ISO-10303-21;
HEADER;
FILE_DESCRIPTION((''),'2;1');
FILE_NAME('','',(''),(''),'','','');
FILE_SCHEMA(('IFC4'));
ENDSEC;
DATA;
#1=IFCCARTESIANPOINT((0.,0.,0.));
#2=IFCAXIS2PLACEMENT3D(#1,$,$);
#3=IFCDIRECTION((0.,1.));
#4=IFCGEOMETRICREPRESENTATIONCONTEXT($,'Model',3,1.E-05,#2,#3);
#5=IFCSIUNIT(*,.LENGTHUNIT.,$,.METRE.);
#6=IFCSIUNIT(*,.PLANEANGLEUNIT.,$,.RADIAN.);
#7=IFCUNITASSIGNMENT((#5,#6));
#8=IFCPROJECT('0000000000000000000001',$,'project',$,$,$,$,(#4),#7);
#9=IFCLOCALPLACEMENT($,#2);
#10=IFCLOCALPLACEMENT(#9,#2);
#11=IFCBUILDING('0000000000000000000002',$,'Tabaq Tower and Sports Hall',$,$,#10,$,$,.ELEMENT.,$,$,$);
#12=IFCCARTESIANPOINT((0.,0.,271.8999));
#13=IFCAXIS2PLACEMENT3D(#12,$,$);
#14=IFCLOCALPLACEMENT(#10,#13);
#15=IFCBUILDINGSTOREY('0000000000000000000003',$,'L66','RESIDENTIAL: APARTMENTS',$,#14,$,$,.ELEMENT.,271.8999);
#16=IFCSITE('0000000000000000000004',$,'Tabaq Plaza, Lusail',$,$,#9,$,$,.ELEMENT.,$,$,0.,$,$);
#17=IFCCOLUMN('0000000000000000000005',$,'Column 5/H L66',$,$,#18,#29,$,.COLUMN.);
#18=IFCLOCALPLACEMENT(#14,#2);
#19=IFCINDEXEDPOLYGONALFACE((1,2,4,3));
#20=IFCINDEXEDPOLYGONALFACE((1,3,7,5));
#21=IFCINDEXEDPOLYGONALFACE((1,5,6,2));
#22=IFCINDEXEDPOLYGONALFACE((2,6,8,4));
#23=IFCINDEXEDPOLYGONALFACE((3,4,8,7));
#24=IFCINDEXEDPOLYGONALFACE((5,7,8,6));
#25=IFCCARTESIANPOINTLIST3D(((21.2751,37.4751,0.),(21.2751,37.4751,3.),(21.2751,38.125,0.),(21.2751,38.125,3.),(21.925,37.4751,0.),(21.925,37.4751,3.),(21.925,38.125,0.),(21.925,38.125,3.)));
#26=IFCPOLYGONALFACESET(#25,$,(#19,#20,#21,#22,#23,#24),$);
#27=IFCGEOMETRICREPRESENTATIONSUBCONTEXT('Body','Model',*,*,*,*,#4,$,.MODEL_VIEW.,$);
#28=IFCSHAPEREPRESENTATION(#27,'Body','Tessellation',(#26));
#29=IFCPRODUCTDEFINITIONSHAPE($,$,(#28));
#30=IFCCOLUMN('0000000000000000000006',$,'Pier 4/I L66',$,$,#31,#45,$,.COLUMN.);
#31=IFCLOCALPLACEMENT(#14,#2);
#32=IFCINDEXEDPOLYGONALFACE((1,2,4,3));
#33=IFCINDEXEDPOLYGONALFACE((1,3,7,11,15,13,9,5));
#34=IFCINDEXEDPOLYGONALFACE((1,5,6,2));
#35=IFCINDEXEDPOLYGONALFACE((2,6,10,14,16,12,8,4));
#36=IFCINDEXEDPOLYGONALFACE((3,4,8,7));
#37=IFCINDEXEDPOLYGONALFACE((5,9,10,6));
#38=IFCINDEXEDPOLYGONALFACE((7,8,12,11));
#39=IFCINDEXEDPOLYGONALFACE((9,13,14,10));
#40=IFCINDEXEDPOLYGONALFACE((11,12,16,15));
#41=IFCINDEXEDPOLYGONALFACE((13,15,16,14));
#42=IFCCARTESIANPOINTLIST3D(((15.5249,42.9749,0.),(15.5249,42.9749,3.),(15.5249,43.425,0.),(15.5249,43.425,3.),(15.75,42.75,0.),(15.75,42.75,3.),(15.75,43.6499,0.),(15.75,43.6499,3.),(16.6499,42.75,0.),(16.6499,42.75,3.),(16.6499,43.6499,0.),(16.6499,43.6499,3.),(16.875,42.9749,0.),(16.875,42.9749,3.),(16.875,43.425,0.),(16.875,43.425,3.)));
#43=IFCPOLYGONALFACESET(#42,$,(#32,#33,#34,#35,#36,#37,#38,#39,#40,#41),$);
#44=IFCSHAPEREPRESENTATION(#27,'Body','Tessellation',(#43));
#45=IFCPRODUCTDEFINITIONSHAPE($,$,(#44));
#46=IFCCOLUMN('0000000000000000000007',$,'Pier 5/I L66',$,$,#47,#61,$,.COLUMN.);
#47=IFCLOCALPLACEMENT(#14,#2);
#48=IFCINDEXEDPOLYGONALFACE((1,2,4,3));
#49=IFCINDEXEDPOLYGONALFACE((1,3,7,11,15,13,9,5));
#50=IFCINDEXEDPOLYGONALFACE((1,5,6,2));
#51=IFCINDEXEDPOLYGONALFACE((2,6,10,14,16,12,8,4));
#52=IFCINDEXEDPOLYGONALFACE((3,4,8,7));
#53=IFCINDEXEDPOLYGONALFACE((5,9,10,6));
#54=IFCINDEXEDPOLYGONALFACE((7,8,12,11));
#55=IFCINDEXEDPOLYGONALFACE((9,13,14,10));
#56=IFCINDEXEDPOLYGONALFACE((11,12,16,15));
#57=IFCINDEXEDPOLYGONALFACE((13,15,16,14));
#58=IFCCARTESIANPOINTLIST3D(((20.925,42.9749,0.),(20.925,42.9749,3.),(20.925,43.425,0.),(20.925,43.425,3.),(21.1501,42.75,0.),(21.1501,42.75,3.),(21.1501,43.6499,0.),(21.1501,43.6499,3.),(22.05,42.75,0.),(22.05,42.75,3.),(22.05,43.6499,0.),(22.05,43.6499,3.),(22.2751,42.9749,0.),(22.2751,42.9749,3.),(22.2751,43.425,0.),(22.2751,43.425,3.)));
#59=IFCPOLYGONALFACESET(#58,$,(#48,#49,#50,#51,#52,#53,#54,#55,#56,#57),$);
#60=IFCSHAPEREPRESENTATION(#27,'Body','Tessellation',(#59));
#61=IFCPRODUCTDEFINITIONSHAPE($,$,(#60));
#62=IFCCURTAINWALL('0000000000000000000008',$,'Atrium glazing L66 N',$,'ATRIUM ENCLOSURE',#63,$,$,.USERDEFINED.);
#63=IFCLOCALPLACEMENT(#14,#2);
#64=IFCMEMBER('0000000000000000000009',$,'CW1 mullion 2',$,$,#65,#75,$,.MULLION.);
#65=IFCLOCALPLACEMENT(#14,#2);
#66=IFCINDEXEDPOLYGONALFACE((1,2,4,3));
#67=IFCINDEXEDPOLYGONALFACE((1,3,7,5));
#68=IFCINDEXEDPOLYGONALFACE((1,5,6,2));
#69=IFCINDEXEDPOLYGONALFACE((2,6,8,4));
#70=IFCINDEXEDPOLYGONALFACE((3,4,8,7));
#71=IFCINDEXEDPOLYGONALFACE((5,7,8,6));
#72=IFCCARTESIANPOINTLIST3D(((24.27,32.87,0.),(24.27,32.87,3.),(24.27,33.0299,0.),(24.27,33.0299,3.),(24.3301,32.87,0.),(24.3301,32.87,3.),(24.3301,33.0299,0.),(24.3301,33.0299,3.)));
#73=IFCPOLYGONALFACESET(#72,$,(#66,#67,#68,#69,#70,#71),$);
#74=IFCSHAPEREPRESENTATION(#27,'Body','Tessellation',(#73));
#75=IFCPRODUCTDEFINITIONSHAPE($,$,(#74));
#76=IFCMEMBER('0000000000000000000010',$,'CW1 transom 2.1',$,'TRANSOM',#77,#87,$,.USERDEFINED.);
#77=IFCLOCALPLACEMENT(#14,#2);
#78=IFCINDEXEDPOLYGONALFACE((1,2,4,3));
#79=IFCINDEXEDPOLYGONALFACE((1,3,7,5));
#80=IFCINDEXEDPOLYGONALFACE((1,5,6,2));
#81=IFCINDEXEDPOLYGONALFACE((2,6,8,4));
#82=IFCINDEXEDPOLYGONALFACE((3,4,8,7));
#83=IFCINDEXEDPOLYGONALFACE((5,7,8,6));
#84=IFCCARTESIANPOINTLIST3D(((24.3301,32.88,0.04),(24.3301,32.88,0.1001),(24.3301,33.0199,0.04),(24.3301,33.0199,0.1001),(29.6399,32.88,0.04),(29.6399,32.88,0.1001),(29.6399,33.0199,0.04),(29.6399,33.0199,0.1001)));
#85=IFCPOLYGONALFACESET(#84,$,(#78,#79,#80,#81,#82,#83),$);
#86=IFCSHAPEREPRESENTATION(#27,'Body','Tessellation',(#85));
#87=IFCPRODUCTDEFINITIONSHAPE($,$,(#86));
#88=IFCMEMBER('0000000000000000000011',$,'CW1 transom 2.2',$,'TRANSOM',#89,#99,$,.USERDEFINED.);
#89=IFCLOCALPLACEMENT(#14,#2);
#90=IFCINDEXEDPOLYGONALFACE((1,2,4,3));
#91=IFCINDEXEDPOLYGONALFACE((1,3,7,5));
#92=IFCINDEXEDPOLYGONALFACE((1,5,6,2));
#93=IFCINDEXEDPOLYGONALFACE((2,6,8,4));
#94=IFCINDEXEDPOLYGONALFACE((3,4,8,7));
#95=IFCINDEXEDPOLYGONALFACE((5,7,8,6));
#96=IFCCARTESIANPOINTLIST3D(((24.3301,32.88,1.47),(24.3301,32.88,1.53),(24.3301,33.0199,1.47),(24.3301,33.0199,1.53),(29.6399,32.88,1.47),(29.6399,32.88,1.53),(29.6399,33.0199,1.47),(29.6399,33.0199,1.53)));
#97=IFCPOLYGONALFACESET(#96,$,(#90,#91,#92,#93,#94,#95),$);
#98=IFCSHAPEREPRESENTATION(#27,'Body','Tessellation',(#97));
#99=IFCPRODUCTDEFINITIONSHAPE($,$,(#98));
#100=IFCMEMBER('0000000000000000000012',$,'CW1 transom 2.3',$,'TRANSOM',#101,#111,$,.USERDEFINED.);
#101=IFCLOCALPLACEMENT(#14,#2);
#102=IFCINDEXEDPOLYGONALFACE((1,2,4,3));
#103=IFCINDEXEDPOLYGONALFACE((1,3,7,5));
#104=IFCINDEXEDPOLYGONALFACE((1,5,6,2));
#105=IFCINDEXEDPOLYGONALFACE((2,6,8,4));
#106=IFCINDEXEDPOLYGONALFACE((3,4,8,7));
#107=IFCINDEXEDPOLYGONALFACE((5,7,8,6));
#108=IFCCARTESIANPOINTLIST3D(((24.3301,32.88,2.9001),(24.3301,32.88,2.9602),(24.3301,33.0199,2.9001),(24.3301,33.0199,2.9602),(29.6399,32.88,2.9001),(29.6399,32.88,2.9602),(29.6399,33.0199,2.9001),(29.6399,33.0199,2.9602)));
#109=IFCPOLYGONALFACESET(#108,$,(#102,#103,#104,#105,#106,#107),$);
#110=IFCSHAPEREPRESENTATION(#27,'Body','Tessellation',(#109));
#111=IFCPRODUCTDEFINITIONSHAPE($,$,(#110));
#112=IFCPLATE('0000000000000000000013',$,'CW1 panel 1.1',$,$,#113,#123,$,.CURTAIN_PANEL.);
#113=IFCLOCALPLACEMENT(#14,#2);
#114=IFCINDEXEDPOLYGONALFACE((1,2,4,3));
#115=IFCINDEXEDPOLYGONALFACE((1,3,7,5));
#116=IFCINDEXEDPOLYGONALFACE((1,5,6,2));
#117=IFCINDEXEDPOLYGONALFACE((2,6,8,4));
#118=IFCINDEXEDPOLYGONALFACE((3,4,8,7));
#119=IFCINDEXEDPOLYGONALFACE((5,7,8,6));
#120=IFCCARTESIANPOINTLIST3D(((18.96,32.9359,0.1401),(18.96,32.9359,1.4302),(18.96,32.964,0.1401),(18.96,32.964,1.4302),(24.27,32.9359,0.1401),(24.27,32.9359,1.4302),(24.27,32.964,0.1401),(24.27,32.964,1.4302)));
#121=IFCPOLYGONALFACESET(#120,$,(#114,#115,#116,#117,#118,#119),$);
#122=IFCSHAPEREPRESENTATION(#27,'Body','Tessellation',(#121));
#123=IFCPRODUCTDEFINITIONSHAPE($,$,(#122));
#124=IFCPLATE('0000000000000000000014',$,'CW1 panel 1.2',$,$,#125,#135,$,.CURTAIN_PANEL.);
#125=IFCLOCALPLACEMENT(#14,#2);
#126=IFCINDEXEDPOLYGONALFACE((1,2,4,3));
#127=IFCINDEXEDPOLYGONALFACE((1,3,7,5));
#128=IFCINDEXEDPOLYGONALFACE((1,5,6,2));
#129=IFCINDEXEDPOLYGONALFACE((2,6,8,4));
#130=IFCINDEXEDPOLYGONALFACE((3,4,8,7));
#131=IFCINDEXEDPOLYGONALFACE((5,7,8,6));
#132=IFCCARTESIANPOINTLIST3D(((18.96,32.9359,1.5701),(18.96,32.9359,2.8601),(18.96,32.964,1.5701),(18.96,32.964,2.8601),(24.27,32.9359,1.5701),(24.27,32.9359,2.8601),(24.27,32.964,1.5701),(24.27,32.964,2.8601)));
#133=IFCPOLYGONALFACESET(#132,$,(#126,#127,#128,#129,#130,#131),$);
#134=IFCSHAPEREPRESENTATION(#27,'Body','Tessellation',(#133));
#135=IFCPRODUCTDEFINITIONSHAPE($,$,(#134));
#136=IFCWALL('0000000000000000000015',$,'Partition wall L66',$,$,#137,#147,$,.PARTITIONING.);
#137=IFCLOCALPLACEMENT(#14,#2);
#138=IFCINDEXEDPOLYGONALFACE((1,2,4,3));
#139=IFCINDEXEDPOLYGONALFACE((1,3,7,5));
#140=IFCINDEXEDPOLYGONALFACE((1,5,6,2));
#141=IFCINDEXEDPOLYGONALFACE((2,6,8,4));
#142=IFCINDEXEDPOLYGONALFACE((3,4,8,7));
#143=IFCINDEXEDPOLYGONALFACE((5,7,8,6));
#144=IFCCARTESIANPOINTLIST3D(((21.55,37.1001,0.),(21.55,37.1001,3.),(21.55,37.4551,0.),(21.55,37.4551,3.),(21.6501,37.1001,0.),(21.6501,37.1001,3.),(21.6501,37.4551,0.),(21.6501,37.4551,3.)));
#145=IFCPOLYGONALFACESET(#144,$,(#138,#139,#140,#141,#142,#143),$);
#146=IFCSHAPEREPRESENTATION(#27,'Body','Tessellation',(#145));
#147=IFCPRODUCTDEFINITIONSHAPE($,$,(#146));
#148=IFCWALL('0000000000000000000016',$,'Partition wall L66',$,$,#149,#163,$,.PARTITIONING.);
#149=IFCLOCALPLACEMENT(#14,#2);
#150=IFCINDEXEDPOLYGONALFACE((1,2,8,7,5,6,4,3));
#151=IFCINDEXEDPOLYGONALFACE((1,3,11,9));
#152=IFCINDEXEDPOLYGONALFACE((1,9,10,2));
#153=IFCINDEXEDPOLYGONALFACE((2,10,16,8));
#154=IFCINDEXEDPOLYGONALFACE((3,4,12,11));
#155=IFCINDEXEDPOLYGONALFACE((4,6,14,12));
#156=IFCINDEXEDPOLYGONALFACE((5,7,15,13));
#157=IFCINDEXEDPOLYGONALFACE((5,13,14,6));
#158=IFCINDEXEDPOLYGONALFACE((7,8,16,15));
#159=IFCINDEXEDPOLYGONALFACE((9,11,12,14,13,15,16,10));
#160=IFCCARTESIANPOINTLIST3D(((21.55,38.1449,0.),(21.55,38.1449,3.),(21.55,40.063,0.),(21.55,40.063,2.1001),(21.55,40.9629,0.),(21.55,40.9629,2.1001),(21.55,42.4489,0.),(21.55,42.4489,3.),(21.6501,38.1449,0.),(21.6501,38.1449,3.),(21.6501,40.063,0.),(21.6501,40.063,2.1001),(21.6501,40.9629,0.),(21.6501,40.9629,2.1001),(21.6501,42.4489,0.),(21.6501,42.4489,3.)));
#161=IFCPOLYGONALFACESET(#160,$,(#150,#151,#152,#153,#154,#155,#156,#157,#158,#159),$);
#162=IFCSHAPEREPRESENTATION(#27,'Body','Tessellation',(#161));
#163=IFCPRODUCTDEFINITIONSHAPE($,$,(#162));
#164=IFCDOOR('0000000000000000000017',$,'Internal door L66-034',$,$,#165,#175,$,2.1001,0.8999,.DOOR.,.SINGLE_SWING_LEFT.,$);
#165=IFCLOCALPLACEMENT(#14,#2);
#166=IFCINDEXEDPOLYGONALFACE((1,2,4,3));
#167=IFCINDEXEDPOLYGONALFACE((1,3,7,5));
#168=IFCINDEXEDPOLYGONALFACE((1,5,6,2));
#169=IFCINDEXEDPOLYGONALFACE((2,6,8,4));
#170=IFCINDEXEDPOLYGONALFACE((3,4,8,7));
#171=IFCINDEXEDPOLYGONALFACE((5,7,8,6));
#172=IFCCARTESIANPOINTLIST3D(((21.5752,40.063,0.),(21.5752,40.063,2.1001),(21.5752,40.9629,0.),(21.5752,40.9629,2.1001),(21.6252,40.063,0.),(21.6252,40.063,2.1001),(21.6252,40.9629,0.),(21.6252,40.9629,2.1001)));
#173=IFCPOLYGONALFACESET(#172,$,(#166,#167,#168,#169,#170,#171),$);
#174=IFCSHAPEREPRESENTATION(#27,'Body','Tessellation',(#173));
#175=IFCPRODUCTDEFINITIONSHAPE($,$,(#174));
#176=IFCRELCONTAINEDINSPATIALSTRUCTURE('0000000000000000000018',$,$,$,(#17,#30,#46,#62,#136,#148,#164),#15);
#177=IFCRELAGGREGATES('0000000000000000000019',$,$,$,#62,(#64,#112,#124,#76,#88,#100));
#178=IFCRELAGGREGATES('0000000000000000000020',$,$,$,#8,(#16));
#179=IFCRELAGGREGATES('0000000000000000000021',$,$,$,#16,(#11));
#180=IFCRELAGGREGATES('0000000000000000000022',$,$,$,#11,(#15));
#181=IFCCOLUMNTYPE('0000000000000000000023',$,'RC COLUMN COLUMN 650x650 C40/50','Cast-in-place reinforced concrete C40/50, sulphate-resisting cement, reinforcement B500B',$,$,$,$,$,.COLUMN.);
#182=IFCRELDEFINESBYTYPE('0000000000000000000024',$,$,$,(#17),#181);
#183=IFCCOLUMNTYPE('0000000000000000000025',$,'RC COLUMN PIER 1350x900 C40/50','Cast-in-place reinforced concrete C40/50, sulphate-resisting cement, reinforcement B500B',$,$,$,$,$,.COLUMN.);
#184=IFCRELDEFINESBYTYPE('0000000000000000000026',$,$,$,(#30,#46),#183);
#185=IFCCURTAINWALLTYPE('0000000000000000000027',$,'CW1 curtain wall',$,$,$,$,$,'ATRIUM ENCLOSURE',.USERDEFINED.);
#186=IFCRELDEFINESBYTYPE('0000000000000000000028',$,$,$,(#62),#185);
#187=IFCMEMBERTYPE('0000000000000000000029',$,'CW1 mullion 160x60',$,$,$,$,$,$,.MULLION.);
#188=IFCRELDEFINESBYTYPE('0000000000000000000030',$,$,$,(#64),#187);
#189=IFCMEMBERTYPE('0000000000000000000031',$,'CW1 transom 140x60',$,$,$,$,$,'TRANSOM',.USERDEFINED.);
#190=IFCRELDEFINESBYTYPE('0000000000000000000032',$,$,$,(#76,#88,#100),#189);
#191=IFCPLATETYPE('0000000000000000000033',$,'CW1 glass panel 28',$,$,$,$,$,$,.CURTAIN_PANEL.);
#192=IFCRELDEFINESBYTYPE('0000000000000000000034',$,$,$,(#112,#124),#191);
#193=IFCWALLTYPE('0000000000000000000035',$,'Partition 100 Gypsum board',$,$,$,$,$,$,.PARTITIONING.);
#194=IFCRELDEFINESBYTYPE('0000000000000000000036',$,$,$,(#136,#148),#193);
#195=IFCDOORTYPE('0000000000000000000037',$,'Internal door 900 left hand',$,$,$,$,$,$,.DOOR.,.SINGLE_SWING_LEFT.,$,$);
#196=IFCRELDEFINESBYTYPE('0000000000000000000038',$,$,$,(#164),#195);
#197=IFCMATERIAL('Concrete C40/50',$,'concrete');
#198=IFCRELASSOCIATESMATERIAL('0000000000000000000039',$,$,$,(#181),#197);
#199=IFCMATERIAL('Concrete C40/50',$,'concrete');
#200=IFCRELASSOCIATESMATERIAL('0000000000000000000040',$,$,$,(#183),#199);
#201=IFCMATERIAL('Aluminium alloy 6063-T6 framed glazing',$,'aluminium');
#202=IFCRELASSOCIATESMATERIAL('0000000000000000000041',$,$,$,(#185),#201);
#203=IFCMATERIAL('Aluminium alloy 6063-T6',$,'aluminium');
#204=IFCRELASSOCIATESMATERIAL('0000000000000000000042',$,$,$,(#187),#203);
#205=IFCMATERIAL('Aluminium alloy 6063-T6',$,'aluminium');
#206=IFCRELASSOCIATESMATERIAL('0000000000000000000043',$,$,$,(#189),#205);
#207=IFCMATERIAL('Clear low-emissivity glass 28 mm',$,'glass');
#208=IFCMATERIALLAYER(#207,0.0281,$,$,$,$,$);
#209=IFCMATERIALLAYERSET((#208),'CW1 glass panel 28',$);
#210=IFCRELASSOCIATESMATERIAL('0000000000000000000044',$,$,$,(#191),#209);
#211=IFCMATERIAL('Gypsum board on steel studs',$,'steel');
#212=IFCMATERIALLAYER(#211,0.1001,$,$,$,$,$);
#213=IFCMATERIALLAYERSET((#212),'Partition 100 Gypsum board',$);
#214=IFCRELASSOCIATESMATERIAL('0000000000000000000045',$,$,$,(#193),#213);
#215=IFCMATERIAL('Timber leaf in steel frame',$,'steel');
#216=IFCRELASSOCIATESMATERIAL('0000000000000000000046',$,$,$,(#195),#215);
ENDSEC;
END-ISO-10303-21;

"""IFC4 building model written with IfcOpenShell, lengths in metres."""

from ifc_helpers import new_model, si_unit, direction, frame, frame_2d, origin, origin_2d, place, context, subcontext, project, spatial, polyline, rectangle, outline, extrude, material, layer, layer_set, material_profile, profile_set, type_object, element, fill, aggregate, save


model = new_model("IFC4")

# Units and contexts
model_context = context("Model", 3, precision=1e-05, world=origin(), true_north=direction((0.0, 1.0)))
body_context = subcontext(model_context, "Body", "Model", "MODEL_VIEW")
ifc_project = project(units=[si_unit("LENGTHUNIT", "METRE"), si_unit("PLANEANGLEUNIT", "RADIAN")], contexts=[model_context])

# Site, building, storey
site_placement = place(None, origin())
site = spatial("IfcSite", under=ifc_project, at=site_placement, Name="Tabaq Plaza, Lusail", CompositionType="ELEMENT", RefElevation=0.0)
building_placement = place(site_placement, origin())
building = spatial("IfcBuilding", under=site, at=building_placement, Name="Tabaq Tower and Sports Hall", CompositionType="ELEMENT")
storey_placement = place(building_placement, frame((0.0, 0.0, 271.8999)))
storey = spatial("IfcBuildingStorey", under=building, at=storey_placement, Name="L66", Description="RESIDENTIAL: APARTMENTS", CompositionType="ELEMENT", Elevation=271.8999)

# Columns
ifc_material_1 = material(Name="Concrete C40/50", Category="concrete")
ifc_material_profile_1 = material_profile(ifc_material_1, rectangle(XDim=0.6499, YDim=0.6499, at=origin_2d()), Name="COLUMN 650x650")
ifc_profile_set_1 = profile_set([ifc_material_profile_1], Name="Concrete C40/50")
column_type_1 = type_object("IfcColumnType", Name="RC COLUMN COLUMN 650x650 C40/50", Description="Cast-in-place reinforced concrete C40/50, sulphate-resisting cement, reinforcement B500B", PredefinedType="COLUMN", material=ifc_profile_set_1)
column_placement = place(storey_placement, frame((21.6001, 37.8, 0.0), z_axis=(0.0, 0.0, 1.0), x_axis=(1.0, 0.0, 0.0)))
element("IfcColumn", 1, at=column_placement, inside=storey, type_object=column_type_1, Name="Column 5/H L66", PredefinedType="COLUMN", context=body_context, shape_type="SweptSolid", body=[
    extrude(rectangle(XDim=0.6499, YDim=0.6499, at=origin_2d()), origin(), (0.0, 0.0, 1.0), 3.0),
])
ifc_material_2 = material(Name="Concrete C40/50", Category="concrete")
ifc_material_profile_2 = material_profile(ifc_material_2, outline(polyline([(-0.45, -0.45), (0.45, -0.45), (0.675, -0.2251), (0.675, 0.2251), (0.45, 0.45), (-0.45, 0.45), (-0.675, 0.2251), (-0.675, -0.2251), (-0.45, -0.45)])), Name="PIER 1350x900")
ifc_profile_set_2 = profile_set([ifc_material_profile_2], Name="Concrete C40/50")
column_type_2 = type_object("IfcColumnType", Name="RC COLUMN PIER 1350x900 C40/50", Description="Cast-in-place reinforced concrete C40/50, sulphate-resisting cement, reinforcement B500B", PredefinedType="COLUMN", material=ifc_profile_set_2)
for number, where, z_axis, x_axis, name in (
    (2, (16.2, 43.2, 0.0), (0.0, 0.0, 1.0), (1.0, 0.0, 0.0), "Pier 4/I L66"),
    (3, (21.6001, 43.2, 0.0), (0.0, 0.0, 1.0), (1.0, 0.0, 0.0), "Pier 5/I L66"),
):
    element("IfcColumn", number, at=place(storey_placement, frame(where, z_axis=z_axis, x_axis=x_axis)), inside=storey, type_object=column_type_2, Name=name, PredefinedType="COLUMN", context=body_context, shape_type="SweptSolid", body=[
        extrude(outline(polyline([(-0.45, -0.45), (0.45, -0.45), (0.675, -0.2251), (0.675, 0.2251), (0.45, 0.45), (-0.45, 0.45), (-0.675, 0.2251), (-0.675, -0.2251), (-0.45, -0.45)])), origin(), (0.0, 0.0, 1.0), 3.0),
    ])

# Curtain wall, members, plates
ifc_material_3 = material(Name="Aluminium alloy 6063-T6 framed glazing", Category="aluminium")
curtain_wall_type = type_object("IfcCurtainWallType", Name="CW1 curtain wall", ElementType="ATRIUM ENCLOSURE", PredefinedType="USERDEFINED", material=ifc_material_3)
curtain_wall_placement = place(storey_placement, origin())
curtain_wall = element("IfcCurtainWall", 4, at=curtain_wall_placement, inside=storey, type_object=curtain_wall_type, Name="Atrium glazing L66 N", ObjectType="ATRIUM ENCLOSURE", PredefinedType="USERDEFINED")
ifc_material_4 = material(Name="Aluminium alloy 6063-T6", Category="aluminium")
ifc_material_profile_3 = material_profile(ifc_material_4, rectangle(XDim=0.1599, YDim=0.0601, at=origin_2d()), Name="MULLION 160x60")
ifc_profile_set_3 = profile_set([ifc_material_profile_3], Name="Aluminium alloy 6063-T6")
member_type_1 = type_object("IfcMemberType", Name="CW1 mullion 160x60", PredefinedType="MULLION", material=ifc_profile_set_3)
member_1_placement = place(storey_placement, frame((24.3, 32.95, 0.0), z_axis=(0.0, 0.0, 1.0), x_axis=(0.0, 1.0, 0.0)))
member_1 = element("IfcMember", 5, at=member_1_placement, type_object=member_type_1, Name="CW1 mullion 2", PredefinedType="MULLION", context=body_context, shape_type="SweptSolid", body=[
    extrude(rectangle(XDim=0.1599, YDim=0.0601, at=origin_2d()), origin(), (0.0, 0.0, 1.0), 3.0),
])
ifc_material_5 = material(Name="Aluminium alloy 6063-T6", Category="aluminium")
ifc_material_profile_4 = material_profile(ifc_material_5, rectangle(XDim=0.1399, YDim=0.0601, at=origin_2d()), Name="TRANSOM 140x60")
ifc_profile_set_4 = profile_set([ifc_material_profile_4], Name="Aluminium alloy 6063-T6")
member_type_2 = type_object("IfcMemberType", Name="CW1 transom 140x60", ElementType="TRANSOM", PredefinedType="USERDEFINED", material=ifc_profile_set_4)
member_2_placement = place(storey_placement, frame((24.3301, 32.95, 0.0701), z_axis=(1.0, 0.0, 0.0), x_axis=(0.0, 1.0, 0.0)))
member_2 = element("IfcMember", 6, at=member_2_placement, type_object=member_type_2, Name="CW1 transom 2.1", ObjectType="TRANSOM", PredefinedType="USERDEFINED", context=body_context, shape_type="SweptSolid", body=[
    extrude(rectangle(XDim=0.1399, YDim=0.0601, at=origin_2d()), origin(), (0.0, 0.0, 1.0), 5.3098),
])
member_3_placement = place(storey_placement, frame((24.3301, 32.95, 1.5), z_axis=(1.0, 0.0, 0.0), x_axis=(0.0, 1.0, 0.0)))
member_3 = element("IfcMember", 7, at=member_3_placement, type_object=member_type_2, Name="CW1 transom 2.2", ObjectType="TRANSOM", PredefinedType="USERDEFINED", context=body_context, shape_type="SweptSolid", body=[
    extrude(rectangle(XDim=0.1399, YDim=0.0601, at=origin_2d()), origin(), (0.0, 0.0, 1.0), 5.3098),
])
member_4_placement = place(storey_placement, frame((24.3301, 32.95, 2.9302), z_axis=(1.0, 0.0, 0.0), x_axis=(0.0, 1.0, 0.0)))
member_4 = element("IfcMember", 8, at=member_4_placement, type_object=member_type_2, Name="CW1 transom 2.3", ObjectType="TRANSOM", PredefinedType="USERDEFINED", context=body_context, shape_type="SweptSolid", body=[
    extrude(rectangle(XDim=0.1399, YDim=0.0601, at=origin_2d()), origin(), (0.0, 0.0, 1.0), 5.3098),
])
ifc_material_6 = material(Name="Clear low-emissivity glass 28 mm", Category="glass")
ifc_layer_1 = layer(ifc_material_6, 0.0281)
ifc_layer_set_1 = layer_set([ifc_layer_1], Name="CW1 glass panel 28")
plate_type = type_object("IfcPlateType", Name="CW1 glass panel 28", PredefinedType="CURTAIN_PANEL", material=ifc_layer_set_1)
plate_1_placement = place(storey_placement, frame((21.615, 32.95, 0.1401), z_axis=(0.0, 0.0, 1.0), x_axis=(1.0, 0.0, 0.0)))
plate_1 = element("IfcPlate", 9, at=plate_1_placement, type_object=plate_type, Name="CW1 panel 1.1", PredefinedType="CURTAIN_PANEL", context=body_context, shape_type="SweptSolid", body=[
    extrude(rectangle(XDim=5.3101, YDim=0.0281, at=origin_2d()), origin(), (0.0, 0.0, 1.0), 1.29),
])
plate_2_placement = place(storey_placement, frame((21.615, 32.95, 1.5701), z_axis=(0.0, 0.0, 1.0), x_axis=(1.0, 0.0, 0.0)))
plate_2 = element("IfcPlate", 10, at=plate_2_placement, type_object=plate_type, Name="CW1 panel 1.2", PredefinedType="CURTAIN_PANEL", context=body_context, shape_type="SweptSolid", body=[
    extrude(rectangle(XDim=5.3101, YDim=0.0281, at=origin_2d()), origin(), (0.0, 0.0, 1.0), 1.29),
])
aggregate(curtain_wall, [member_1, plate_1, plate_2, member_2, member_3, member_4])

# Wall
ifc_material_7 = material(Name="Gypsum board on steel studs", Category="steel")
ifc_layer_2 = layer(ifc_material_7, 0.1001)
ifc_layer_set_2 = layer_set([ifc_layer_2], Name="Partition 100 Gypsum board")
wall_type = type_object("IfcWallType", Name="Partition 100 Gypsum board", PredefinedType="PARTITIONING", material=ifc_layer_set_2)
wall_1_placement = place(storey_placement, frame((21.6001, 37.1001, 0.0), z_axis=(0.0, 0.0, 1.0), x_axis=(0.0, 1.0, 0.0)))
element("IfcWall", 11, at=wall_1_placement, inside=storey, type_object=wall_type, Name="Partition wall L66", PredefinedType="PARTITIONING", context=body_context, shape_type="SweptSolid", body=[
    extrude(rectangle(XDim=0.355, YDim=0.1001, at=frame_2d((0.1775, 0.0))), origin(), (0.0, 0.0, 1.0), 3.0),
])

# Wall, opening, door
wall_2_placement = place(storey_placement, frame((21.6001, 38.145, 0.0), z_axis=(0.0, 0.0, 1.0), x_axis=(0.0, 1.0, 0.0)))
wall_2 = element("IfcWall", 12, at=wall_2_placement, inside=storey, type_object=wall_type, Name="Partition wall L66", PredefinedType="PARTITIONING", context=body_context, shape_type="SweptSolid", body=[
    extrude(rectangle(XDim=4.304, YDim=0.1001, at=frame_2d((2.1519, 0.0))), origin(), (0.0, 0.0, 1.0), 3.0),
])
opening_1_placement = place(wall_2_placement, frame((1.918, 0.0, 0.0)))
opening_1 = element("IfcOpeningElement", 13, at=opening_1_placement, cuts=wall_2, PredefinedType="OPENING", context=body_context, shape_type="SweptSolid", body=[
    extrude(rectangle(XDim=0.8999, YDim=2.1001, at=frame_2d((0.45, 1.05))), frame((0.0, 0.05, 0.0), z_axis=(0.0, -1.0, 0.0), x_axis=(1.0, 0.0, 0.0)), (0.0, 0.0, 1.0), 0.1001),
])
ifc_material_8 = material(Name="Timber leaf in steel frame", Category="steel")
door_type_1 = type_object("IfcDoorType", Name="Internal door 900 left hand", OperationType="SINGLE_SWING_LEFT", PredefinedType="DOOR", material=ifc_material_8)
door_1_placement = place(opening_1_placement, origin())
door_1 = element("IfcDoor", 14, at=door_1_placement, inside=storey, type_object=door_type_1, Name="Internal door L66-034", OperationType="SINGLE_SWING_LEFT", OverallHeight=2.1001, OverallWidth=0.8999, PredefinedType="DOOR", context=body_context, shape_type="SweptSolid", body=[
    extrude(rectangle(XDim=0.8999, YDim=2.1001, at=frame_2d((0.45, 1.05))), frame((0.0, 0.0249, 0.0), z_axis=(0.0, -1.0, 0.0), x_axis=(1.0, 0.0, 0.0)), (0.0, 0.0, 1.0), 0.05),
])
fill(opening_1, door_1)

save(model, "model.ifc")
